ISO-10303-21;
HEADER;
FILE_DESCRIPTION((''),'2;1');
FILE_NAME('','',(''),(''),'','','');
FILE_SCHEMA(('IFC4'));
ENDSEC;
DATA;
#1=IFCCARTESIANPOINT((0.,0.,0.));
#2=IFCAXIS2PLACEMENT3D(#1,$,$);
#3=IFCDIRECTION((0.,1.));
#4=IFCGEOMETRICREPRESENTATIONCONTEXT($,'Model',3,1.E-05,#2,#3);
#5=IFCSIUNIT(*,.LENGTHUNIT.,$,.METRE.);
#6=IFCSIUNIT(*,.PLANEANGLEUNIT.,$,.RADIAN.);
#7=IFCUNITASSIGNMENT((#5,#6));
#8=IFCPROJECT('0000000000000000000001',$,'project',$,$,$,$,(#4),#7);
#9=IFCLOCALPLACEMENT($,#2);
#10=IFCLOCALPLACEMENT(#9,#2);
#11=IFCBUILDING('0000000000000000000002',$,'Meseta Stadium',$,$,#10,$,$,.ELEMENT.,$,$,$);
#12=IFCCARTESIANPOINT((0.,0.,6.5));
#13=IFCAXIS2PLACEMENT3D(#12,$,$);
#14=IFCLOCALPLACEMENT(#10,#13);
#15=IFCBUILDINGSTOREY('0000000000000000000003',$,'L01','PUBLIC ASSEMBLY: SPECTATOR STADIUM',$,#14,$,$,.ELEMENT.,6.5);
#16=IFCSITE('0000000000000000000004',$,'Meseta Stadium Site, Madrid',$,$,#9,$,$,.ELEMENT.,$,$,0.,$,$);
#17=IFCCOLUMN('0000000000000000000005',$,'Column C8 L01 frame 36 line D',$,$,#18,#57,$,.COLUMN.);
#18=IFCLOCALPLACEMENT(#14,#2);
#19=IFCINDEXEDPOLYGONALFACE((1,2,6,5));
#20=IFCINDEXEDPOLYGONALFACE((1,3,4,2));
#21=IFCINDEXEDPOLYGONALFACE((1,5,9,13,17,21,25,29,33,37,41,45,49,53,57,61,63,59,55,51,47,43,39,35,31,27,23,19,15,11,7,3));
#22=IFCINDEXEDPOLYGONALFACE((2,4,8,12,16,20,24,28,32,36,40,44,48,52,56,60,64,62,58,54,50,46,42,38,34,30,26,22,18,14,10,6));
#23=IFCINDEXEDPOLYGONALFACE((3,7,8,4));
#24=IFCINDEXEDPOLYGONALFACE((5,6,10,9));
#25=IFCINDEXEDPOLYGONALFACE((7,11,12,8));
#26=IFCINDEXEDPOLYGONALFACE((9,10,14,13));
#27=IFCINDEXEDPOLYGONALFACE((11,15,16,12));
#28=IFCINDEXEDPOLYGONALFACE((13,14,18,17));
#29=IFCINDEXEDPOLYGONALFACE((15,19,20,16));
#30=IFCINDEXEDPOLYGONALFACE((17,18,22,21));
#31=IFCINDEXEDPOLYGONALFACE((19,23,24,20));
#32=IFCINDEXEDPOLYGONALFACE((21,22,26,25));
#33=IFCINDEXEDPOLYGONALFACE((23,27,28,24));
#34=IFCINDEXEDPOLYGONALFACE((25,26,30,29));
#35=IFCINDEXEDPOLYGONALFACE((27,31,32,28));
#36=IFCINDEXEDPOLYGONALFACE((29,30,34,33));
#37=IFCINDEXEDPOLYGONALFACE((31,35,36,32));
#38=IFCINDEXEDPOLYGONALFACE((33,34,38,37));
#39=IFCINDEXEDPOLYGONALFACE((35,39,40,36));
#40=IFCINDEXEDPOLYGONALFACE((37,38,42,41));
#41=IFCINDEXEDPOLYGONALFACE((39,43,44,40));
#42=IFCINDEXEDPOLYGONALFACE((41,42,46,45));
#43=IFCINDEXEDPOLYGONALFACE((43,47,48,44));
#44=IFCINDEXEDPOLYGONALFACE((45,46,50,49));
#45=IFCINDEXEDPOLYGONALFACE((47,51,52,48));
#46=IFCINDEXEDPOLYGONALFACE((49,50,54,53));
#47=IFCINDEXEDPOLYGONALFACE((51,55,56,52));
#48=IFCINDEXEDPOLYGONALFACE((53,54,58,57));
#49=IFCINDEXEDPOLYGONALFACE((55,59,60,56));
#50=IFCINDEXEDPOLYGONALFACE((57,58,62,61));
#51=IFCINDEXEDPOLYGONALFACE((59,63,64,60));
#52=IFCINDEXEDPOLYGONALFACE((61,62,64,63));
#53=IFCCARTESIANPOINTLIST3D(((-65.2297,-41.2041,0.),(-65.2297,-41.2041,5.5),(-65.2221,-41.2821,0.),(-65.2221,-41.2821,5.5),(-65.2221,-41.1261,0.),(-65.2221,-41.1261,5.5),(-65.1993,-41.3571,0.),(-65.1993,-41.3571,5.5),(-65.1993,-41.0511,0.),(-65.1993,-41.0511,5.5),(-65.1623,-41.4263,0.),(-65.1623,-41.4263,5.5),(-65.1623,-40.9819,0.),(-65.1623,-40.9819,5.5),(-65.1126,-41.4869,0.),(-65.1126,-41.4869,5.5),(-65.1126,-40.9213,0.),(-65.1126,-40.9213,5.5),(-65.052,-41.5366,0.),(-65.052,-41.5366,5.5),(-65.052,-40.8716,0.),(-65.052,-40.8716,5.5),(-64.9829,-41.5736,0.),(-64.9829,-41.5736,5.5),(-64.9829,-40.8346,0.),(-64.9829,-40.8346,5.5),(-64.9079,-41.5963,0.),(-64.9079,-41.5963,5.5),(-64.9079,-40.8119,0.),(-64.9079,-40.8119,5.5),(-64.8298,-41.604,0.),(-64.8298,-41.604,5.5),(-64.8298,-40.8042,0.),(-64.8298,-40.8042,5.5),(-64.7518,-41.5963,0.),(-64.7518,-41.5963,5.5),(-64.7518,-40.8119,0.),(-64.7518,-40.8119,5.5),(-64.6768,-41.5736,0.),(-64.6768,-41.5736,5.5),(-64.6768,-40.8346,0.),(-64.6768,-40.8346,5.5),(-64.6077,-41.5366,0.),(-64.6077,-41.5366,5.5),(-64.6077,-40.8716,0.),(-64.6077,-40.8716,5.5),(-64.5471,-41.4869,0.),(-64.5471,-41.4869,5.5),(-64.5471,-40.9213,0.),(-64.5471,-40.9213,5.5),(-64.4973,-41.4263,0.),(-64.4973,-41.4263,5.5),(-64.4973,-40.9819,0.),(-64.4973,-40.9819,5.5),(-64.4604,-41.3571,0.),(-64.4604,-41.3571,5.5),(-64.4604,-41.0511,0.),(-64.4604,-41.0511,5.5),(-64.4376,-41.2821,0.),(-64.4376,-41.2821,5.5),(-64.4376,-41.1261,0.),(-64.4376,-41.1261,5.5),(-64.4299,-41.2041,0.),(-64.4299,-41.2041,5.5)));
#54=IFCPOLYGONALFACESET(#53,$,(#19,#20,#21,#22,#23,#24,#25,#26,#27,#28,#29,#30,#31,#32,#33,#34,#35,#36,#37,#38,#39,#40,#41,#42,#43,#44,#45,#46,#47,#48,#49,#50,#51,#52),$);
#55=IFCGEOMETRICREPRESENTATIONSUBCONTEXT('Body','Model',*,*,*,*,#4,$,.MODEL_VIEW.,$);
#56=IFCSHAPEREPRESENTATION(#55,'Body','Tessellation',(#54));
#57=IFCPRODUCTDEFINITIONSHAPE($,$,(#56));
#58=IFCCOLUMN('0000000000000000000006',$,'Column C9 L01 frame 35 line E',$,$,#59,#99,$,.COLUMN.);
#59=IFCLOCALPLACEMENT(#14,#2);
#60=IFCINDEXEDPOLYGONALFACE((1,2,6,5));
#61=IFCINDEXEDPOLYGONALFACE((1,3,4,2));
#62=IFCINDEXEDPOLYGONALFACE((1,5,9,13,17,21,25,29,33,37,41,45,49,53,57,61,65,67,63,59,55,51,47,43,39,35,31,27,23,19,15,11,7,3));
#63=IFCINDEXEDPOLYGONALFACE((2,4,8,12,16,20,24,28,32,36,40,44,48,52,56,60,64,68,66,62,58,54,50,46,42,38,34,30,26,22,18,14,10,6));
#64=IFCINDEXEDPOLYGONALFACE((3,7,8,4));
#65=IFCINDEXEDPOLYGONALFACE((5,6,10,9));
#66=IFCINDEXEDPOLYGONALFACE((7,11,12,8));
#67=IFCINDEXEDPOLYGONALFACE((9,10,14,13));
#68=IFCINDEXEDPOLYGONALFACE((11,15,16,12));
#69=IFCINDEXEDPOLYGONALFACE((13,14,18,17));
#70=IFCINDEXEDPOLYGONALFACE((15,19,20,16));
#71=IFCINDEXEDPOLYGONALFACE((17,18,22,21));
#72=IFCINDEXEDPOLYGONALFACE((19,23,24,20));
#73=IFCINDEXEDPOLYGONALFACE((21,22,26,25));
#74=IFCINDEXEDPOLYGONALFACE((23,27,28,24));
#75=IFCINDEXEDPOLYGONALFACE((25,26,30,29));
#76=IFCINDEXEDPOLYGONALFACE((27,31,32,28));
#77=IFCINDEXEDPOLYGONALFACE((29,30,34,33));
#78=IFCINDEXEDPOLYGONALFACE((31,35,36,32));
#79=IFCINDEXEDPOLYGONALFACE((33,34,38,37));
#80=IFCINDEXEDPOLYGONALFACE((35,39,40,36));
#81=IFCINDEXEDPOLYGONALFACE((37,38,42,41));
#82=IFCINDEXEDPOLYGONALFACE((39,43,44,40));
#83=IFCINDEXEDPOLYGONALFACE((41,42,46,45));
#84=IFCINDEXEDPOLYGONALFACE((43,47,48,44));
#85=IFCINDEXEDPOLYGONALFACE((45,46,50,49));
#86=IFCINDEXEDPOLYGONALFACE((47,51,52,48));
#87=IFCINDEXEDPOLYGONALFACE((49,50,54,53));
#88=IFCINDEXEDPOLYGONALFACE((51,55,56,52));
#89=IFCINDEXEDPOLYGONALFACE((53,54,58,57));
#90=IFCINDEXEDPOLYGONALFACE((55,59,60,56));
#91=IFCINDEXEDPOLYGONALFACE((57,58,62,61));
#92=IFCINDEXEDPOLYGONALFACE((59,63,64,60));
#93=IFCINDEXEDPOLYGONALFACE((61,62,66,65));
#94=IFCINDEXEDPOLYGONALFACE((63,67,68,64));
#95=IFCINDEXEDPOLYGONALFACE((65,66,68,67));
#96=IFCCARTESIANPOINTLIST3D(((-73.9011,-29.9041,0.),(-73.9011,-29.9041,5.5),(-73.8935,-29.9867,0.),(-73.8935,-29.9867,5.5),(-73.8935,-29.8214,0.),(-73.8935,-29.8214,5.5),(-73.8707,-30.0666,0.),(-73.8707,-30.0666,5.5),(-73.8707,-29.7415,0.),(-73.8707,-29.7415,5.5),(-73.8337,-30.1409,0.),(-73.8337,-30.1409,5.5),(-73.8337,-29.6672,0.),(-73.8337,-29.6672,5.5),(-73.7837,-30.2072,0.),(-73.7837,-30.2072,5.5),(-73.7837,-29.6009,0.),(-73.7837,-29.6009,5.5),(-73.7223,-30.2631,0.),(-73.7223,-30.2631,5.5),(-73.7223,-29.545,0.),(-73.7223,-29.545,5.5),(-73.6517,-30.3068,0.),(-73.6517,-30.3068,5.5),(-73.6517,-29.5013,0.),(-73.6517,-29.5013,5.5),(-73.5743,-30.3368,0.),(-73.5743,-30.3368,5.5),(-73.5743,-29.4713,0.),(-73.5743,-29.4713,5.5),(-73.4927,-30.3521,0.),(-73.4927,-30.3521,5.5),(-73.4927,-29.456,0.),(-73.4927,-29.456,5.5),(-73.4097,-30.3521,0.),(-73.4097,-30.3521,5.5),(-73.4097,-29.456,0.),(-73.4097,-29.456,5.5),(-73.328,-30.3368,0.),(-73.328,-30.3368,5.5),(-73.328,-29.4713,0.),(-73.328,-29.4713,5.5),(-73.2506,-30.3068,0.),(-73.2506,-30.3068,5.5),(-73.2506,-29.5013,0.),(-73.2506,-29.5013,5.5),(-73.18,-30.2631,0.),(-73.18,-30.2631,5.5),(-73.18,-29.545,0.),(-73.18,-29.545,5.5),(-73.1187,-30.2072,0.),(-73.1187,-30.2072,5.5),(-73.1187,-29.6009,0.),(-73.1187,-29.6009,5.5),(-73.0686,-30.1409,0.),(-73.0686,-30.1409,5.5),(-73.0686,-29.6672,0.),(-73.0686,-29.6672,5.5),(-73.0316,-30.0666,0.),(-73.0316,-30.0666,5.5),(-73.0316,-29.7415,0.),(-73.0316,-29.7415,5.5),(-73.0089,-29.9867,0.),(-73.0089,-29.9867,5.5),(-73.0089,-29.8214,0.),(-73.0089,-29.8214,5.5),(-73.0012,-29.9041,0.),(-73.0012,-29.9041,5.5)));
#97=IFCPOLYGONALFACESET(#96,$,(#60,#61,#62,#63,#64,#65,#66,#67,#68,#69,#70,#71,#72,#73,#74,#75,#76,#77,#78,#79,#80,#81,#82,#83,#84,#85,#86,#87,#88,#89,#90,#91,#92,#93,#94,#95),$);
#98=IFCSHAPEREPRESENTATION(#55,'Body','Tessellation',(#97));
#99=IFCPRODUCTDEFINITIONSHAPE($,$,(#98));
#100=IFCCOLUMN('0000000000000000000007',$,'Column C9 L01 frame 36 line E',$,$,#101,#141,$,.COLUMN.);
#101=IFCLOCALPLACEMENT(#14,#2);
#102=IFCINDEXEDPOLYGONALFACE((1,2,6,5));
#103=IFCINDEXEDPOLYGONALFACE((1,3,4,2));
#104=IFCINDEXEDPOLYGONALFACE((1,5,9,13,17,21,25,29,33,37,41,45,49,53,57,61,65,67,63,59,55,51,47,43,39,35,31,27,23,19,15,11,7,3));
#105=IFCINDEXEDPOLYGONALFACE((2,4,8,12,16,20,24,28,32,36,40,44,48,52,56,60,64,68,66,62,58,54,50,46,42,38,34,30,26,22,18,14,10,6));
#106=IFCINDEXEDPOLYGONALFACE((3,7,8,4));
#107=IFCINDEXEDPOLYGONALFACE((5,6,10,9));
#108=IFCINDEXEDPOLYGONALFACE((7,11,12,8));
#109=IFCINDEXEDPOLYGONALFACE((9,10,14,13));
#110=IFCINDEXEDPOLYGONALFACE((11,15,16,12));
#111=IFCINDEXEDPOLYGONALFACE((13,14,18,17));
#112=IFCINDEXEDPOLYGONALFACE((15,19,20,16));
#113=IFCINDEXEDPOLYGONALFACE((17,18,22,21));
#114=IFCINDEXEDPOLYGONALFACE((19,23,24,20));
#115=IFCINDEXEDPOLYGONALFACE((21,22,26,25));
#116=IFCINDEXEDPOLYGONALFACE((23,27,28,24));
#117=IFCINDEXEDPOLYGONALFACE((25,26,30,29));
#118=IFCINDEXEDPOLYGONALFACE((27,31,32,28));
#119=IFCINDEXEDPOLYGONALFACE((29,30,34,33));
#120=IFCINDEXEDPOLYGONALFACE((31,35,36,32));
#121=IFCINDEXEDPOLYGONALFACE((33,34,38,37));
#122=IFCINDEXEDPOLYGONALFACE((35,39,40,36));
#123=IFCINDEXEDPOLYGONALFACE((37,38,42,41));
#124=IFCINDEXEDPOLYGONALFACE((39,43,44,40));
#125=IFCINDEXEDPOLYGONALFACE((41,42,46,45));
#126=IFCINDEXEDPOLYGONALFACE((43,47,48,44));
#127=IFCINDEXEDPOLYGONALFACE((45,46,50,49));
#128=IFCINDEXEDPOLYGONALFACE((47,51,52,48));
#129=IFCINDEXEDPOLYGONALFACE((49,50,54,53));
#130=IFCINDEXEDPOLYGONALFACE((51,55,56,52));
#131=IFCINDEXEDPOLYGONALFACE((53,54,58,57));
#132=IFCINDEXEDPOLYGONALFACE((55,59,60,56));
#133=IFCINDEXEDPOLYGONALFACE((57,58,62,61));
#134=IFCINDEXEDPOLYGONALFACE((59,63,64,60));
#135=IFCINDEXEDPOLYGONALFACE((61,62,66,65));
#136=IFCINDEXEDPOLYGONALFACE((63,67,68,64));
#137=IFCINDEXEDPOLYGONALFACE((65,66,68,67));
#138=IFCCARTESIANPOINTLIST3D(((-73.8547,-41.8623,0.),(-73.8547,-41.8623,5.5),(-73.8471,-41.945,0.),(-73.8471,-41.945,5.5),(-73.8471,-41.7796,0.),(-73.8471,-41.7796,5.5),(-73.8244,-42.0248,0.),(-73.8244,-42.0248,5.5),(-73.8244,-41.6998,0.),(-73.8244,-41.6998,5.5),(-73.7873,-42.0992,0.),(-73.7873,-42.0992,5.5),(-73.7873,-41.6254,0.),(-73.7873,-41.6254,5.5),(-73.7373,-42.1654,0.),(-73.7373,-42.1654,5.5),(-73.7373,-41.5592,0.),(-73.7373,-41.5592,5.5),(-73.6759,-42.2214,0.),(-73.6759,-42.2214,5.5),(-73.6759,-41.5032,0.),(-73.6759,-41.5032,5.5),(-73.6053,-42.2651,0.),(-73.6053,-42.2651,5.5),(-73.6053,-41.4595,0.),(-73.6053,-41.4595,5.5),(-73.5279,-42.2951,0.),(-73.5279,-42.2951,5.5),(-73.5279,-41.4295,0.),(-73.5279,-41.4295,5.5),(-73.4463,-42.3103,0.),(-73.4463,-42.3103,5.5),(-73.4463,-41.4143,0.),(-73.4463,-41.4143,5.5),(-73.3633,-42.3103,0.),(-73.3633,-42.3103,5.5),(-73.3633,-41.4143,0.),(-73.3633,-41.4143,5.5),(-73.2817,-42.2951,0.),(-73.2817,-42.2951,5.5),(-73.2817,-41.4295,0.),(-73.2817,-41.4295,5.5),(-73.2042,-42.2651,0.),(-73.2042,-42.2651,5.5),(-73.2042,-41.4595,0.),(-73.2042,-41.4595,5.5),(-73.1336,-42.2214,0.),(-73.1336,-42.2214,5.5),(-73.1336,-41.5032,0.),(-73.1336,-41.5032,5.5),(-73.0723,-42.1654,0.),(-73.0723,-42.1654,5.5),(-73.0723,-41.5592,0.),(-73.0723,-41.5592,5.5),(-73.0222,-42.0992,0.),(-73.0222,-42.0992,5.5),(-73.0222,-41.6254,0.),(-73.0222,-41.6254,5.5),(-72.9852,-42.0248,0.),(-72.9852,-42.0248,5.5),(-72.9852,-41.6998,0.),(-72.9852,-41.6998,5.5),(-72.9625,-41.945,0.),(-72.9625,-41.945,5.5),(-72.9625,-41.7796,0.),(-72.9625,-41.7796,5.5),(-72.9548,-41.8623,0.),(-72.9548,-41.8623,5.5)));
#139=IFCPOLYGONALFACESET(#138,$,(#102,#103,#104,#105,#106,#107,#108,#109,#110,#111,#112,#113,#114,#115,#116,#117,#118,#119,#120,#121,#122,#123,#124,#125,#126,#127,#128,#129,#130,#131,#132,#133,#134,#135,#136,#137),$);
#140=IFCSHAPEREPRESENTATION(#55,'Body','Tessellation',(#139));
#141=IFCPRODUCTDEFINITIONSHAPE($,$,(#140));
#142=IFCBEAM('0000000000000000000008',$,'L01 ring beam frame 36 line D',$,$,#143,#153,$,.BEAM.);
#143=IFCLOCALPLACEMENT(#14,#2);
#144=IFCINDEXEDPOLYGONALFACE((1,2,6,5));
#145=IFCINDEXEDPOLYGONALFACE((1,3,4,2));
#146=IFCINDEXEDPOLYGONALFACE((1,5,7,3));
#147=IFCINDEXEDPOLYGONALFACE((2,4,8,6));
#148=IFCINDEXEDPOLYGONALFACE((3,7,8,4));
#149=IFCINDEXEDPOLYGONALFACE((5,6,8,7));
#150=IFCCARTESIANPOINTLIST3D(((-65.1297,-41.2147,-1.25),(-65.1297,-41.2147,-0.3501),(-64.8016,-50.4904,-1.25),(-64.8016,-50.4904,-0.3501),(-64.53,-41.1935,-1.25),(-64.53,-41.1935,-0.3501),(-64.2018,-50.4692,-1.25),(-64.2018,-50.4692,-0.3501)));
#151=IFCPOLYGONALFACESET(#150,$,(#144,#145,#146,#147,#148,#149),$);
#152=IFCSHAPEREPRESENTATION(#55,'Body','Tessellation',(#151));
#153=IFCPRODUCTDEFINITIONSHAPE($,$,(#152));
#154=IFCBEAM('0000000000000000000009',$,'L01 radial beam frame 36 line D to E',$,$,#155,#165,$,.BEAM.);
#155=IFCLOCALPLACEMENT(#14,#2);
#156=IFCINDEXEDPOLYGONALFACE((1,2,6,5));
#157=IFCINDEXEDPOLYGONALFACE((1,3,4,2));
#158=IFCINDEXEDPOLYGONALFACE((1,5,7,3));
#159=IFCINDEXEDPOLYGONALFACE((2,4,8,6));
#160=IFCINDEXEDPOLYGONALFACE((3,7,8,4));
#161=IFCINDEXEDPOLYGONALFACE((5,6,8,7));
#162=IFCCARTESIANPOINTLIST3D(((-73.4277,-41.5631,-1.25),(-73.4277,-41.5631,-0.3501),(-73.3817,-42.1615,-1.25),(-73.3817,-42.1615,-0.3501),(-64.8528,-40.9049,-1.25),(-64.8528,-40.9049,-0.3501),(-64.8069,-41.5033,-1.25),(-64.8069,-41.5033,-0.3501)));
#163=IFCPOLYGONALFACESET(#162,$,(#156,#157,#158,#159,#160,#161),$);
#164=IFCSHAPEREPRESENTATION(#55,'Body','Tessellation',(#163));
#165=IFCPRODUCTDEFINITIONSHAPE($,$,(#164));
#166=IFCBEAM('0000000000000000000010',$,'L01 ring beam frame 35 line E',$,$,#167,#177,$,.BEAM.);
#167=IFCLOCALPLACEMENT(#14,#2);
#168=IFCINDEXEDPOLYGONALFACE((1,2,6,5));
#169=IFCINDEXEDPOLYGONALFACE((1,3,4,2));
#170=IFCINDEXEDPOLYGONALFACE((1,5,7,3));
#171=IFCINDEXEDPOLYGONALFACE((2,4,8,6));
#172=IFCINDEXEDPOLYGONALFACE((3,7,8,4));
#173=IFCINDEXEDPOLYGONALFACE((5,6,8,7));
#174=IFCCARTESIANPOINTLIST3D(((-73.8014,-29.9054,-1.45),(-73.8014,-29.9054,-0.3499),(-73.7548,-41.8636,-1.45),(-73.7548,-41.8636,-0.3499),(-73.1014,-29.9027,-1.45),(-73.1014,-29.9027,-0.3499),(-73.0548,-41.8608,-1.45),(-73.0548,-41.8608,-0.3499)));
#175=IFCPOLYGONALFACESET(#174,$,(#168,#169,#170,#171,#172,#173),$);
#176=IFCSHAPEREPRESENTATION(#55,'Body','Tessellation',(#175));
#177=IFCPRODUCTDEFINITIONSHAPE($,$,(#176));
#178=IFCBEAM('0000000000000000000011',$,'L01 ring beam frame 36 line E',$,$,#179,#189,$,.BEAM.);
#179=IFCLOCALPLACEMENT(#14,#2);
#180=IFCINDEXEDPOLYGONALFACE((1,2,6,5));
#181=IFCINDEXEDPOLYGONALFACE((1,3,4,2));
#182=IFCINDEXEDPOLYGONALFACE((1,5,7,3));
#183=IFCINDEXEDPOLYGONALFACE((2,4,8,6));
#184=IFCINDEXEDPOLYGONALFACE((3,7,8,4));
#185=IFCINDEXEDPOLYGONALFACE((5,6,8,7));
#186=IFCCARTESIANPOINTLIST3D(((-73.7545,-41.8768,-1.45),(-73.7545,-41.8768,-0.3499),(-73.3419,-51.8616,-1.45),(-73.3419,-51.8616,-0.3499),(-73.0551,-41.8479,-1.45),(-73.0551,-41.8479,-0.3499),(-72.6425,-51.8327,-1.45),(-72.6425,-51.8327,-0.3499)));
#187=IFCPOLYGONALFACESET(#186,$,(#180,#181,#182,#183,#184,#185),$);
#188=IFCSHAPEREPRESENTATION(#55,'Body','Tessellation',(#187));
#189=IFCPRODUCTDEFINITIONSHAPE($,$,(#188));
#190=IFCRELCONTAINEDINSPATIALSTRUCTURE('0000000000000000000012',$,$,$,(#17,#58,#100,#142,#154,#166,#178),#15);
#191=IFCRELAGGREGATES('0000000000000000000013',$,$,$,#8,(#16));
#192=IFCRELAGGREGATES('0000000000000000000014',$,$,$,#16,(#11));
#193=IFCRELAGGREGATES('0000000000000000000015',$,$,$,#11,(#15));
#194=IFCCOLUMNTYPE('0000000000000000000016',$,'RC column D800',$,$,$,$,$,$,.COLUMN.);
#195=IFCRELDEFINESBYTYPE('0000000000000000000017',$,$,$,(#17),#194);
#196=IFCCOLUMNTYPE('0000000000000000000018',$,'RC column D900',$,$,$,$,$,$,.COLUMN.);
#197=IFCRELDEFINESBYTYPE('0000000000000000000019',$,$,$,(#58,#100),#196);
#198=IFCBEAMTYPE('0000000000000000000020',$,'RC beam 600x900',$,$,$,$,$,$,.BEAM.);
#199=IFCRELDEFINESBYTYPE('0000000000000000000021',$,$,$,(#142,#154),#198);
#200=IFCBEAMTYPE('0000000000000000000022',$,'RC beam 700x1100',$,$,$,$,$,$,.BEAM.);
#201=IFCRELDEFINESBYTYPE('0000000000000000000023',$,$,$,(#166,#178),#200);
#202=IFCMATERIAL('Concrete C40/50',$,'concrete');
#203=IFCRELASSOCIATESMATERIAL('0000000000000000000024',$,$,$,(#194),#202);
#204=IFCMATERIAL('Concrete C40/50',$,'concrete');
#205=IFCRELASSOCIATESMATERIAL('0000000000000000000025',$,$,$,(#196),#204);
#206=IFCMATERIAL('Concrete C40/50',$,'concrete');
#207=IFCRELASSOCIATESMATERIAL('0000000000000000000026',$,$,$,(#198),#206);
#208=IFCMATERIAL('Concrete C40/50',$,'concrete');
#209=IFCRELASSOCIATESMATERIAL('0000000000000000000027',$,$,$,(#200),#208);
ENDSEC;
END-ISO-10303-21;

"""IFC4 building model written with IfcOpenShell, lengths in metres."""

from ifc_helpers import new_model, si_unit, direction, frame, origin, origin_2d, place, context, subcontext, project, spatial, rectangle, circle, extrude, material, material_profile, profile_set, type_object, element, save


model = new_model("IFC4")

# Units and contexts
model_context = context("Model", 3, precision=1e-05, world=origin(), true_north=direction((0.0, 1.0)))
body_context = subcontext(model_context, "Body", "Model", "MODEL_VIEW")
ifc_project = project(units=[si_unit("LENGTHUNIT", "METRE"), si_unit("PLANEANGLEUNIT", "RADIAN")], contexts=[model_context])

# Site, building, storey
site_placement = place(None, origin())
site = spatial("IfcSite", under=ifc_project, at=site_placement, Name="Meseta Stadium Site, Madrid", CompositionType="ELEMENT", RefElevation=0.0)
building_placement = place(site_placement, origin())
building = spatial("IfcBuilding", under=site, at=building_placement, Name="Meseta Stadium", CompositionType="ELEMENT")
storey_placement = place(building_placement, frame((0.0, 0.0, 6.5)))
storey = spatial("IfcBuildingStorey", under=building, at=storey_placement, Name="L01", Description="PUBLIC ASSEMBLY: SPECTATOR STADIUM", CompositionType="ELEMENT", Elevation=6.5)

# Columns
ifc_material_1 = material(Name="Concrete C40/50", Category="concrete")
ifc_material_profile_1 = material_profile(ifc_material_1, circle(Radius=0.3999, at=origin_2d()), Name="RC D800")
ifc_profile_set_1 = profile_set([ifc_material_profile_1], Name="Concrete C40/50")
column_type_1 = type_object("IfcColumnType", Name="RC column D800", PredefinedType="COLUMN", material=ifc_profile_set_1)
column_placement = place(storey_placement, frame((-64.8298, -41.2041, 0.0), z_axis=(0.0, 0.0, 1.0), x_axis=(1.0, 0.0, 0.0)))
element("IfcColumn", 1, at=column_placement, inside=storey, type_object=column_type_1, Name="Column C8 L01 frame 36 line D", PredefinedType="COLUMN", context=body_context, shape_type="SweptSolid", body=[
    extrude(circle(Radius=0.3999, at=origin_2d()), origin(), (0.0, 0.0, 1.0), 5.5),
])
ifc_material_2 = material(Name="Concrete C40/50", Category="concrete")
ifc_material_profile_2 = material_profile(ifc_material_2, circle(Radius=0.45, at=origin_2d()), Name="RC D900")
ifc_profile_set_2 = profile_set([ifc_material_profile_2], Name="Concrete C40/50")
column_type_2 = type_object("IfcColumnType", Name="RC column D900", PredefinedType="COLUMN", material=ifc_profile_set_2)
for number, where, z_axis, x_axis, name in (
    (2, (-73.4512, -29.9041, 0.0), (0.0, 0.0, 1.0), (1.0, 0.0, 0.0), "Column C9 L01 frame 35 line E"),
    (3, (-73.4048, -41.8623, 0.0), (0.0, 0.0, 1.0), (1.0, 0.0, 0.0), "Column C9 L01 frame 36 line E"),
):
    element("IfcColumn", number, at=place(storey_placement, frame(where, z_axis=z_axis, x_axis=x_axis)), inside=storey, type_object=column_type_2, Name=name, PredefinedType="COLUMN", context=body_context, shape_type="SweptSolid", body=[
        extrude(circle(Radius=0.45, at=origin_2d()), origin(), (0.0, 0.0, 1.0), 5.5),
    ])

# Beams
ifc_material_3 = material(Name="Concrete C40/50", Category="concrete")
ifc_material_profile_3 = material_profile(ifc_material_3, rectangle(XDim=0.6001, YDim=0.8999, at=origin_2d()), Name="RC 600x900")
ifc_profile_set_3 = profile_set([ifc_material_profile_3], Name="Concrete C40/50")
beam_type_1 = type_object("IfcBeamType", Name="RC beam 600x900", PredefinedType="BEAM", material=ifc_profile_set_3)
beam_1_placement = place(storey_placement, frame((-64.8298, -41.2041, -0.8), z_axis=(0.035353, -0.999375, 0.0), x_axis=(0.999375, 0.035353, 0.0)))
element("IfcBeam", 4, at=beam_1_placement, inside=storey, type_object=beam_type_1, Name="L01 ring beam frame 36 line D", PredefinedType="BEAM", context=body_context, shape_type="SweptSolid", body=[
    extrude(rectangle(XDim=0.6001, YDim=0.8999, at=origin_2d()), origin(), (0.0, 0.0, 1.0), 9.2815),
])
beam_2_placement = place(storey_placement, frame((-64.8298, -41.2041, -0.8), z_axis=(-0.997067, -0.076534, 0.0), x_axis=(0.076534, -0.997067, 0.0)))
element("IfcBeam", 5, at=beam_2_placement, inside=storey, type_object=beam_type_1, Name="L01 radial beam frame 36 line D to E", PredefinedType="BEAM", context=body_context, shape_type="SweptSolid", body=[
    extrude(rectangle(XDim=0.6001, YDim=0.8999, at=origin_2d()), origin(), (0.0, 0.0, 1.0), 8.6001),
])
ifc_material_4 = material(Name="Concrete C40/50", Category="concrete")
ifc_material_profile_4 = material_profile(ifc_material_4, rectangle(XDim=0.7, YDim=1.1001, at=origin_2d()), Name="RC 700x1100")
ifc_profile_set_4 = profile_set([ifc_material_profile_4], Name="Concrete C40/50")
beam_type_2 = type_object("IfcBeamType", Name="RC beam 700x1100", PredefinedType="BEAM", material=ifc_profile_set_4)
beam_3_placement = place(storey_placement, frame((-73.4514, -29.9041, -0.8999), z_axis=(0.003899, -0.999992, 0.0), x_axis=(0.999992, 0.003899, 0.0)))
element("IfcBeam", 6, at=beam_3_placement, inside=storey, type_object=beam_type_2, Name="L01 ring beam frame 35 line E", PredefinedType="BEAM", context=body_context, shape_type="SweptSolid", body=[
    extrude(rectangle(XDim=0.7, YDim=1.1001, at=origin_2d()), origin(), (0.0, 0.0, 1.0), 11.9583),
])
beam_4_placement = place(storey_placement, frame((-73.4048, -41.8623, -0.8999), z_axis=(0.041287, -0.999147, 0.0), x_axis=(0.999147, 0.041287, 0.0)))
element("IfcBeam", 7, at=beam_4_placement, inside=storey, type_object=beam_type_2, Name="L01 ring beam frame 36 line E", PredefinedType="BEAM", context=body_context, shape_type="SweptSolid", body=[
    extrude(rectangle(XDim=0.7, YDim=1.1001, at=origin_2d()), origin(), (0.0, 0.0, 1.0), 9.9934),
])

save(model, "model.ifc")
